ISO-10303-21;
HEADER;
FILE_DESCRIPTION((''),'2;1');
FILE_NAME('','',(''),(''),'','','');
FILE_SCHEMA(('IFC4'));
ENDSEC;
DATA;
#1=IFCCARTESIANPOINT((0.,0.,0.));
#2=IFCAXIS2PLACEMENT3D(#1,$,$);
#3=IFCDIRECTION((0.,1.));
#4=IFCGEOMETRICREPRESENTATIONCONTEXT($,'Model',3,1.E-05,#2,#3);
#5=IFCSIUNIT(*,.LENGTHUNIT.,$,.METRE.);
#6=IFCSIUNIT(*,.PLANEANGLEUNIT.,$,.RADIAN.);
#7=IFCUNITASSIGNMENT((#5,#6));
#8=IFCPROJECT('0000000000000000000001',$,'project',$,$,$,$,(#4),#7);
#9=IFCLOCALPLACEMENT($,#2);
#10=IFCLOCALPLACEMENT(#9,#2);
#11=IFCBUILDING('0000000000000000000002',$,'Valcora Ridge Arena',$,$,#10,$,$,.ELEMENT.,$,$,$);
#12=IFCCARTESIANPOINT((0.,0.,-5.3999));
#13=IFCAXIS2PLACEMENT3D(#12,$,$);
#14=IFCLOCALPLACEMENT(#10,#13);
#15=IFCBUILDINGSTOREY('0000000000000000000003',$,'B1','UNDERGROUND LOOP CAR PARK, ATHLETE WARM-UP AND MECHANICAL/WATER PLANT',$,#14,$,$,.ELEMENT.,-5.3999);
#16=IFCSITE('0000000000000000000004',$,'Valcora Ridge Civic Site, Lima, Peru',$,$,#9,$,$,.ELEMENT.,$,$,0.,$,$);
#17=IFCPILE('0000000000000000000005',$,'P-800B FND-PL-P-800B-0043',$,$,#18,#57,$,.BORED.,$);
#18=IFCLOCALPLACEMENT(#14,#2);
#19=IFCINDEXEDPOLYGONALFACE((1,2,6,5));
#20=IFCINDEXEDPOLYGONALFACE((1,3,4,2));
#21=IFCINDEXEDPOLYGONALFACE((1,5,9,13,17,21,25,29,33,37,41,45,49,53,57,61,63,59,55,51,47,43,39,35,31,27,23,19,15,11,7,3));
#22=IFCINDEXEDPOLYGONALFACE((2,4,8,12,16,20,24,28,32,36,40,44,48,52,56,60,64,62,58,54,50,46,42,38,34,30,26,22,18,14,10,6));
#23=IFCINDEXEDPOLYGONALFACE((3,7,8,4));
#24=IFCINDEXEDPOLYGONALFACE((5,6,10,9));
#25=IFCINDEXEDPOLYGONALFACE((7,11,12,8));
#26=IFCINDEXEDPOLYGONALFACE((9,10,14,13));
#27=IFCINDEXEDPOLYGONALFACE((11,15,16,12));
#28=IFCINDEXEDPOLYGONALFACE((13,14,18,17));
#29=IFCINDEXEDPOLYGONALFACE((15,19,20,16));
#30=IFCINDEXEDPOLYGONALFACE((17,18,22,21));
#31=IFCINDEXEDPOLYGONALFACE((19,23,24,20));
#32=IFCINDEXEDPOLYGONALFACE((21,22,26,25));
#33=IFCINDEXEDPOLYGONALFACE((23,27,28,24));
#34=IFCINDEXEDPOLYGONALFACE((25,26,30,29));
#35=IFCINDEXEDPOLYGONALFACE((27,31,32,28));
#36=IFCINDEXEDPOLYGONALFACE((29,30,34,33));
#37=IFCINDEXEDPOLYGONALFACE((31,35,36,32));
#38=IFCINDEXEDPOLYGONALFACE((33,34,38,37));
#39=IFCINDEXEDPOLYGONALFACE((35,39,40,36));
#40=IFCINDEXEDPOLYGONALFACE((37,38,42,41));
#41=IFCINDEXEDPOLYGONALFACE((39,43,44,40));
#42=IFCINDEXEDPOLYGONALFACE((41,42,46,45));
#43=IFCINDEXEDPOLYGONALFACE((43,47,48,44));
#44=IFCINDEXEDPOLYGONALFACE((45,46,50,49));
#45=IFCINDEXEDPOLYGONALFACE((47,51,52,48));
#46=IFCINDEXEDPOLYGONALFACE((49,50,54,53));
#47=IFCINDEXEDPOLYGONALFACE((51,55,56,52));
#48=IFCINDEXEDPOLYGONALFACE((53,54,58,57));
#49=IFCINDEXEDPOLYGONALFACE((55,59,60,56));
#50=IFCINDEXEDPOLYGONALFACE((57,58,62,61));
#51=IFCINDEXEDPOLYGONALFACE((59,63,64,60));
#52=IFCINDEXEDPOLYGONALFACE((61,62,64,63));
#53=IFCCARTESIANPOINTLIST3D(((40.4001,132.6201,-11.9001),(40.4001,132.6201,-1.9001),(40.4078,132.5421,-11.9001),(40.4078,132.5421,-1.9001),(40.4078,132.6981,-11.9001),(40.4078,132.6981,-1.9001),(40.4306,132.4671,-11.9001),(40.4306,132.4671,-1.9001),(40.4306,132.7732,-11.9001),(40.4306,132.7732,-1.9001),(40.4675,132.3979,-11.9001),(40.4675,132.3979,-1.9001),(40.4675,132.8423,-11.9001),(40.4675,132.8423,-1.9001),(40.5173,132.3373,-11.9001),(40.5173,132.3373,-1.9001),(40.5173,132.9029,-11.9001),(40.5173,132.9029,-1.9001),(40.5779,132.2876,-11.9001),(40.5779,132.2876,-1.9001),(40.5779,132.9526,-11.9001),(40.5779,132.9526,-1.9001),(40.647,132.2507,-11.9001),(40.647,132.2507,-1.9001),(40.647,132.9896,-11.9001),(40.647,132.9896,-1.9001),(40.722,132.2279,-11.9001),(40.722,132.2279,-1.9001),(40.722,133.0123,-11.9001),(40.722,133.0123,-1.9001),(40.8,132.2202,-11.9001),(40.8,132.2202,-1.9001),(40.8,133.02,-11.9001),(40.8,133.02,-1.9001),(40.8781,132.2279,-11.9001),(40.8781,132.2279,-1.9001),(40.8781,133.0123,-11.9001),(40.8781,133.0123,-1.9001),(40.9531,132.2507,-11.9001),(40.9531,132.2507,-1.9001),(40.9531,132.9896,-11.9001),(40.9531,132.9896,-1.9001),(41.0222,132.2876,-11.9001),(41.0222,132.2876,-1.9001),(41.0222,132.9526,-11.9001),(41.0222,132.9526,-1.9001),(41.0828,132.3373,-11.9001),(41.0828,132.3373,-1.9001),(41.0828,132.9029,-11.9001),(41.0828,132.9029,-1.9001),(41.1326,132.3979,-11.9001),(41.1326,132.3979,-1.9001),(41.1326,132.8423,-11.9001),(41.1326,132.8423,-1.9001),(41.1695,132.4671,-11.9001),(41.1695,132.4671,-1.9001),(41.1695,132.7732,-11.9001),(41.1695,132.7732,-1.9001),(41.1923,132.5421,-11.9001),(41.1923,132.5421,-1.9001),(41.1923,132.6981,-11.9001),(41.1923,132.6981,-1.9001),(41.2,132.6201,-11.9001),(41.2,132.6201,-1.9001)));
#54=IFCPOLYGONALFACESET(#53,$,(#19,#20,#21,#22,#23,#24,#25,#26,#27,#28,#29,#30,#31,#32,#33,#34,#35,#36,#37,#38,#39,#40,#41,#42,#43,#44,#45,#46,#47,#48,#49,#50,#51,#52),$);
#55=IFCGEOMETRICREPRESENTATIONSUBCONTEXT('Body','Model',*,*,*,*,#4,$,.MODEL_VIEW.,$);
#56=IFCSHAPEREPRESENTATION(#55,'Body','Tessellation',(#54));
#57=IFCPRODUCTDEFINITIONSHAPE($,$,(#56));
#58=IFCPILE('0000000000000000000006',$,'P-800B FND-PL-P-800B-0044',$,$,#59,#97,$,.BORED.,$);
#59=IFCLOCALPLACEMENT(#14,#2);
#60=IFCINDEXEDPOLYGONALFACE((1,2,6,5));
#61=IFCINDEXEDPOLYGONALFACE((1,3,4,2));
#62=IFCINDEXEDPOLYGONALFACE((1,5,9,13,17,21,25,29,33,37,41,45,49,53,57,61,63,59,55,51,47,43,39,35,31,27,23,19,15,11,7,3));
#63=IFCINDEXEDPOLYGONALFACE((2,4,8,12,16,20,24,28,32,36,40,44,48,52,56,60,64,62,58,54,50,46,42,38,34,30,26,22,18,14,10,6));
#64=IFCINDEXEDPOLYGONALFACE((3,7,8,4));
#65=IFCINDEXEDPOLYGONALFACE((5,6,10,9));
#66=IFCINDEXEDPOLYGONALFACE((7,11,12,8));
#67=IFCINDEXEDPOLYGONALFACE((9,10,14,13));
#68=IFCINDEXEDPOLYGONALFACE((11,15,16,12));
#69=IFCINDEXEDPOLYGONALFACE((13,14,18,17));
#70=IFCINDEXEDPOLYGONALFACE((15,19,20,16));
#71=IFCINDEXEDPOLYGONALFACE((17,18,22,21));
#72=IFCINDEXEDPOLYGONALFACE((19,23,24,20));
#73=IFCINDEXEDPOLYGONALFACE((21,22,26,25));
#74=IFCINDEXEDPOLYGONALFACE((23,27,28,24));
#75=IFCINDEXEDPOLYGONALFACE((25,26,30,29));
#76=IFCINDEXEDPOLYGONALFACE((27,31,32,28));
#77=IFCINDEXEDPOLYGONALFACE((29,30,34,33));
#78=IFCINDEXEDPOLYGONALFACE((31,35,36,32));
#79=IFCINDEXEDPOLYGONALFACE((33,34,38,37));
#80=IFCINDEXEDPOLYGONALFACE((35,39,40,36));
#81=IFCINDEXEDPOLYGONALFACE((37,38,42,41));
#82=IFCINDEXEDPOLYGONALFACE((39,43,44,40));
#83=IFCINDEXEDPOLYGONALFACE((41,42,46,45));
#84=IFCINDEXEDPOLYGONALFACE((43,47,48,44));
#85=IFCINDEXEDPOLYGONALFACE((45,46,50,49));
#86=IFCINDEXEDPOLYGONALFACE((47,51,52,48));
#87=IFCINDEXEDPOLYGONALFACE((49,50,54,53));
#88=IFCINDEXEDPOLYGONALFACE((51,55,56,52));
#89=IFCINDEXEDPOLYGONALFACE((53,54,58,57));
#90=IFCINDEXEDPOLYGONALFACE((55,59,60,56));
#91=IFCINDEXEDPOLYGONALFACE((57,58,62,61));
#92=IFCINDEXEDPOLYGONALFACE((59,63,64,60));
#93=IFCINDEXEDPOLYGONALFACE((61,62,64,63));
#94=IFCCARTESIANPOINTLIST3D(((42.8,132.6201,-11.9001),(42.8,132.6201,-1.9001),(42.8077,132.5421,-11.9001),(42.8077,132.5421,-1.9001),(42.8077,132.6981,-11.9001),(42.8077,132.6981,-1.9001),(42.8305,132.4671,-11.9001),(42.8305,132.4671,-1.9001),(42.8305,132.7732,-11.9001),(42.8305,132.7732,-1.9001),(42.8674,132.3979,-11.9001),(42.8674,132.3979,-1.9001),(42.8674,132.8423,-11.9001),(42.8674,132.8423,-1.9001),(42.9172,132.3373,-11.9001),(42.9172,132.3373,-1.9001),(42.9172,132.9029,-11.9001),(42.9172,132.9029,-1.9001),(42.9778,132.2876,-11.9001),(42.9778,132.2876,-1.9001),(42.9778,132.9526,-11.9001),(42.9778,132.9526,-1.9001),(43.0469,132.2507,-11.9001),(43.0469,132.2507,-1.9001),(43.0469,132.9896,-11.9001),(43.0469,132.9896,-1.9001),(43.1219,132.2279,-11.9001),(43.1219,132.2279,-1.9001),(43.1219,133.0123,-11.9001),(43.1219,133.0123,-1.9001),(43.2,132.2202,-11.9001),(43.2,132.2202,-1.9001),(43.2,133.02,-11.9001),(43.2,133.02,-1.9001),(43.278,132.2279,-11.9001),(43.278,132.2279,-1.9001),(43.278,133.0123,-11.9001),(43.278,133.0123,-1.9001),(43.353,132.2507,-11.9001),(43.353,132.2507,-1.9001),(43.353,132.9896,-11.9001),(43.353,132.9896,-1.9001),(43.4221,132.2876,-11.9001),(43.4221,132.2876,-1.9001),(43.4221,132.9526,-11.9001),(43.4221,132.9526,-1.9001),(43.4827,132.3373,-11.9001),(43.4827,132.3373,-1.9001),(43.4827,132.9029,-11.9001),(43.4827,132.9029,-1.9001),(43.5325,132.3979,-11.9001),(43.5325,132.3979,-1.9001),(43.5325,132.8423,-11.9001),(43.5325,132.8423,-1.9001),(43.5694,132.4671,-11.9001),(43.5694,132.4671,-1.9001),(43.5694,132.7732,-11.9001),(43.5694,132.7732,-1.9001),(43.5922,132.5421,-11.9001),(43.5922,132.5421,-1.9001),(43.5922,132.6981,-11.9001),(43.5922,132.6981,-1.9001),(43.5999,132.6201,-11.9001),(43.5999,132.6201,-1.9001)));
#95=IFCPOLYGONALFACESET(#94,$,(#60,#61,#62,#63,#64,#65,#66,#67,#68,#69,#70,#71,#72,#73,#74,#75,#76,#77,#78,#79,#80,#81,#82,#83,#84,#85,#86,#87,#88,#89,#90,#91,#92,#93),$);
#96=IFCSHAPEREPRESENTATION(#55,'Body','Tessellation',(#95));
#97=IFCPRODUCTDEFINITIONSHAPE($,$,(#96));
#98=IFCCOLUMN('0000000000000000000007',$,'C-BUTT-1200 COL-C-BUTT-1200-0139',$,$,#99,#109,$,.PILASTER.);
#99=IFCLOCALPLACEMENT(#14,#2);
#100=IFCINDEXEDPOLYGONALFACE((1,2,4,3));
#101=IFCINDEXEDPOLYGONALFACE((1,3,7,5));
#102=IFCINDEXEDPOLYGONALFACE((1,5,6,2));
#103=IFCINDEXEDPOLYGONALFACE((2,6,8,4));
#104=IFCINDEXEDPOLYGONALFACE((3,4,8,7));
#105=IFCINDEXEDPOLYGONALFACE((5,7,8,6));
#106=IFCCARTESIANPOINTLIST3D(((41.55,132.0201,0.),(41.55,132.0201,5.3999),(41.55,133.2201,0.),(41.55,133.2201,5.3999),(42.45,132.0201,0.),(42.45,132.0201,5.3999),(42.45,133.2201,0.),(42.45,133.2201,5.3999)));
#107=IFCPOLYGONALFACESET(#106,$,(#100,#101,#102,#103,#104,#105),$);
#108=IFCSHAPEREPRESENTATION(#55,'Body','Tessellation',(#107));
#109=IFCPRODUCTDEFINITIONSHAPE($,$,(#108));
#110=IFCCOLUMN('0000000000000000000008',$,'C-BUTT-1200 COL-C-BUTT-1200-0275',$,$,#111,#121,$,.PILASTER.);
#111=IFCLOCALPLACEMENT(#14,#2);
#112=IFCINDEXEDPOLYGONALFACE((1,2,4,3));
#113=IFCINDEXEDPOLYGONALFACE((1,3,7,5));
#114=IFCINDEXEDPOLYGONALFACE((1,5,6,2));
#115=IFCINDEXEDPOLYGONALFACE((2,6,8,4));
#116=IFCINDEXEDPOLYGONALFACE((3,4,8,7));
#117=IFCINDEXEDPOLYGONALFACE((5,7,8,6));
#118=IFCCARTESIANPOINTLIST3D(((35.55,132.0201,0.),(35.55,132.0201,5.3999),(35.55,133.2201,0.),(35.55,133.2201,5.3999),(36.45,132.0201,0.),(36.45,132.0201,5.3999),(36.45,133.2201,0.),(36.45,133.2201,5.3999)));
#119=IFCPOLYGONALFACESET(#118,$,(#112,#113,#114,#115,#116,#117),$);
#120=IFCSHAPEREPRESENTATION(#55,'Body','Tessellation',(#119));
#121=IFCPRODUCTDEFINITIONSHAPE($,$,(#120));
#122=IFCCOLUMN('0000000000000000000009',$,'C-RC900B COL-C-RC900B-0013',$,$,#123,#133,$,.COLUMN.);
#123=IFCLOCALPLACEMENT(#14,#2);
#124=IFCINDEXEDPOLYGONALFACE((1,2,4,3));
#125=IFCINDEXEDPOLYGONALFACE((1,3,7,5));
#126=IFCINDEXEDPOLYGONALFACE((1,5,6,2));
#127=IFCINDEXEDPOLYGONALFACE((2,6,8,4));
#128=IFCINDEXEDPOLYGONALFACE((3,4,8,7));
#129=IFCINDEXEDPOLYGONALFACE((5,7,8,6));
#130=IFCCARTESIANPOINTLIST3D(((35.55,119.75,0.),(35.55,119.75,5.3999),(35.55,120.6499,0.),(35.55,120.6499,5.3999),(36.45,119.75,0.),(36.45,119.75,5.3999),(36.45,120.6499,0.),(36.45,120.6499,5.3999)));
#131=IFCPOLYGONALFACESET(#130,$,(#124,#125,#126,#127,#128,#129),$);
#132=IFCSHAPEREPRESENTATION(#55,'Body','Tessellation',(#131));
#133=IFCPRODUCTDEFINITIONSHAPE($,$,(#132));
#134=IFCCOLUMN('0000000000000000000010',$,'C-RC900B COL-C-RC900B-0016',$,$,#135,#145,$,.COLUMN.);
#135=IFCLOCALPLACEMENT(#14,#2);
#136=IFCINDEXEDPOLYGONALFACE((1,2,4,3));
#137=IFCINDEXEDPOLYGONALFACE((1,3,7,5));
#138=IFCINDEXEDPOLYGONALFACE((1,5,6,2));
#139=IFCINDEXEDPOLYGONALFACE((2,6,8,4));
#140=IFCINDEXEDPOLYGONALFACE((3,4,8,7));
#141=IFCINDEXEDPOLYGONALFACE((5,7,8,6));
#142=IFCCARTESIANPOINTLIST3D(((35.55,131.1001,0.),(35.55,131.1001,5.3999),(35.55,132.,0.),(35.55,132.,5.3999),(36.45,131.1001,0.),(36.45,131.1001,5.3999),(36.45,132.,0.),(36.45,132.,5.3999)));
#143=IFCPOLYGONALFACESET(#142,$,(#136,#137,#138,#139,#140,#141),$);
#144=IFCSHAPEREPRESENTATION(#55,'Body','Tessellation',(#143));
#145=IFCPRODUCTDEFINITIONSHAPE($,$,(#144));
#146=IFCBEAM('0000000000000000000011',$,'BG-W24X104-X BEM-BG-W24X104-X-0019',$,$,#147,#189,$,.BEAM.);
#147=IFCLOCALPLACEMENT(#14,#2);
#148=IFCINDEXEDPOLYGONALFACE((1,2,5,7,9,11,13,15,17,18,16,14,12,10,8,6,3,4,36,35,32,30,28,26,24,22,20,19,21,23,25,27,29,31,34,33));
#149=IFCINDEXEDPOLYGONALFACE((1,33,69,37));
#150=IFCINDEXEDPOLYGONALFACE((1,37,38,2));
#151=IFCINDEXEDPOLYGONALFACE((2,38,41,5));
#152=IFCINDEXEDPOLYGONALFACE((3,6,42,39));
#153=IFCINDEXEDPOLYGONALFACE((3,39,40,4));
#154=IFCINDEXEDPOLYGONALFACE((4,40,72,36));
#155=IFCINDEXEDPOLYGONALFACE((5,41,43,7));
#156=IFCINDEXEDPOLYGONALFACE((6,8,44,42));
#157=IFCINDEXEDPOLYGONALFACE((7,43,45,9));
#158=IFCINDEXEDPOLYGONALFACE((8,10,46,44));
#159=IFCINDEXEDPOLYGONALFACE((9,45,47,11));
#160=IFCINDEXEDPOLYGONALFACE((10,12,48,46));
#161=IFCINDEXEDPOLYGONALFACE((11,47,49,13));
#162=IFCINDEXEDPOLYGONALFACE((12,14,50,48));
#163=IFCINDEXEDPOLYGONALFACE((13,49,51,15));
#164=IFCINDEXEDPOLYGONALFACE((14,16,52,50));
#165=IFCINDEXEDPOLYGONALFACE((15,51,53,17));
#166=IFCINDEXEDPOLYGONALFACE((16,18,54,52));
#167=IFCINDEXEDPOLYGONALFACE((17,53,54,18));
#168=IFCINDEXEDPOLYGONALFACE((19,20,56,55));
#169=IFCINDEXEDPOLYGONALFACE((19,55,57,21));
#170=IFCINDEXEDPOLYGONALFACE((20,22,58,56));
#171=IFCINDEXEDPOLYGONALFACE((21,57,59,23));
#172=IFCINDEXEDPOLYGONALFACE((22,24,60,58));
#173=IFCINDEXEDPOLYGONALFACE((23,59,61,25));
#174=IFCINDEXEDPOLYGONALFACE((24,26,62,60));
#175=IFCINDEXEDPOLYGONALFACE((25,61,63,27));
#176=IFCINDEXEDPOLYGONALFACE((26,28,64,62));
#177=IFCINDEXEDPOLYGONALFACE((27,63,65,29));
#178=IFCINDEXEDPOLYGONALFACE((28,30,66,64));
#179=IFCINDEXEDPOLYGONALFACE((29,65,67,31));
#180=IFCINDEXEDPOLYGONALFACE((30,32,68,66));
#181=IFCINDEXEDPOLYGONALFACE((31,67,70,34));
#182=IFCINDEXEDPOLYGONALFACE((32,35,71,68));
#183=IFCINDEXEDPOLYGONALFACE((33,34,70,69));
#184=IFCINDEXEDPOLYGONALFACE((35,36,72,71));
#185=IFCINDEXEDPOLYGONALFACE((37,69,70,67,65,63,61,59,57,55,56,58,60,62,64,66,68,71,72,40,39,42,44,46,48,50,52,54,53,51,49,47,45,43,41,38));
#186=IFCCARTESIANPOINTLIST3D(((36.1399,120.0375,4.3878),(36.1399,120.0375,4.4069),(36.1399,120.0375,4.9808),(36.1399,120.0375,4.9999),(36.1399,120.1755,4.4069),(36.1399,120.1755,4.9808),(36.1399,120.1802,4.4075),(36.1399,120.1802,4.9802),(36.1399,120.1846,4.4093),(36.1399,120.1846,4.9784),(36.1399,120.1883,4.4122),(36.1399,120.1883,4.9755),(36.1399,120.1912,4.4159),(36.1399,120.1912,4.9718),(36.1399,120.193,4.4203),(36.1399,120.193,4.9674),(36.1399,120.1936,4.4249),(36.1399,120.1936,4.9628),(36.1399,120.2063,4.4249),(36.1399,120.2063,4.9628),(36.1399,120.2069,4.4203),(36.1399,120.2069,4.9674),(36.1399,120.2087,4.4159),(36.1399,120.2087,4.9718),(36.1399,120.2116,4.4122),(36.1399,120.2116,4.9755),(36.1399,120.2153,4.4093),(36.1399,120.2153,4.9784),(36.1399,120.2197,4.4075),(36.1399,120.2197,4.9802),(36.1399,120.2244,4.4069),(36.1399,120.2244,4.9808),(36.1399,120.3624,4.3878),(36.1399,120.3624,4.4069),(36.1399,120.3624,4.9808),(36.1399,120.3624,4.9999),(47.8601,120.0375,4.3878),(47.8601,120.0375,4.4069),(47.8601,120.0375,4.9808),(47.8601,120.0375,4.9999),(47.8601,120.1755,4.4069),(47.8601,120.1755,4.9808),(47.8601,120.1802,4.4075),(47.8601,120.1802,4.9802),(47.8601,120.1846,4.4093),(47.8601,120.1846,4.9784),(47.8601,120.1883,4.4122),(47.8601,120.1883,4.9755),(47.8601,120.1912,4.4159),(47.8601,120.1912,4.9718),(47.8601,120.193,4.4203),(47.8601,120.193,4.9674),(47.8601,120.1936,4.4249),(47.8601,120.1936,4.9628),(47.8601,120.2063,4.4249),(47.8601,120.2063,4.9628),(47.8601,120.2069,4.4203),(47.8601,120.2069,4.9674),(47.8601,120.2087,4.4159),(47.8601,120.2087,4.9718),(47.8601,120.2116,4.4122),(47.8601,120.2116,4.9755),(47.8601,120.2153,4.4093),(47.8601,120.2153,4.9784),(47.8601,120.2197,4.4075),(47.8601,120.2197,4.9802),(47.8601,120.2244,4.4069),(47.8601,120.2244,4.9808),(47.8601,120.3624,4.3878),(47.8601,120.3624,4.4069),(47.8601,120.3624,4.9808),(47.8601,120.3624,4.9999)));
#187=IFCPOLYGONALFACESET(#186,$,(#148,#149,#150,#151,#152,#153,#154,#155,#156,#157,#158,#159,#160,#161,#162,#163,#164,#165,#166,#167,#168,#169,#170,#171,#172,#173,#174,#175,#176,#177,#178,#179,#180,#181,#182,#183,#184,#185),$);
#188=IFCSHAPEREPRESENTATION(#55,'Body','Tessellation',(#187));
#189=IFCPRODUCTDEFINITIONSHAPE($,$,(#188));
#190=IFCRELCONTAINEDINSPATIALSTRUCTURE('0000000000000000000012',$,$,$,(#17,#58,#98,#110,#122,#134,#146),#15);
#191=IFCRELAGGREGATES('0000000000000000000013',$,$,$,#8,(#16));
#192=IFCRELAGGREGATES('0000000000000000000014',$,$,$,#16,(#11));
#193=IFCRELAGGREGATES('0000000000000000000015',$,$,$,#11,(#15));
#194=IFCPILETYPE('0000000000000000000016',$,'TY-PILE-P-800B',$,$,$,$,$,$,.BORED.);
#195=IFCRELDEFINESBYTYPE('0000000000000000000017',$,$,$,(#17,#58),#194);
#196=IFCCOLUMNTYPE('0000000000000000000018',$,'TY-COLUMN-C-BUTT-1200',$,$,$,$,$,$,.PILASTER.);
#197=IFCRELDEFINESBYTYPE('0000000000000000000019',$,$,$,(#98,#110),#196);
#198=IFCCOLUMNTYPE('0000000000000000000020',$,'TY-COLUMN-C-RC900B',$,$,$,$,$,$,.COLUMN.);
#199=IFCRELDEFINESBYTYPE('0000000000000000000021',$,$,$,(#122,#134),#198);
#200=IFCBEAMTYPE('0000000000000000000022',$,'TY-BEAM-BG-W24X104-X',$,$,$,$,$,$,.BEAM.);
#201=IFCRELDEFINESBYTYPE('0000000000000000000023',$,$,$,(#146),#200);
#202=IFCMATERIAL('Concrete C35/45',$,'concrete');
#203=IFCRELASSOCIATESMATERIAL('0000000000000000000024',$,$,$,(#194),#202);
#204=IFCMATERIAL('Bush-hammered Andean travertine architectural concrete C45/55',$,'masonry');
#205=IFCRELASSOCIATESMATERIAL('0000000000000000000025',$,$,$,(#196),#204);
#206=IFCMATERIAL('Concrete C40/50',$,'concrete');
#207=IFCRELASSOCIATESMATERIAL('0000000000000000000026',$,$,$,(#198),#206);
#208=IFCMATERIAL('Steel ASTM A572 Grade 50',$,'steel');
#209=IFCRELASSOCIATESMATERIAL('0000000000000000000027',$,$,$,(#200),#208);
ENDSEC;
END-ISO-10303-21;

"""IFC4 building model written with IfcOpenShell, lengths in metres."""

from ifc_helpers import new_model, si_unit, direction, frame, origin, origin_2d, place, context, subcontext, project, spatial, rectangle, circle, i_section, extrude, material, material_profile, profile_set, type_object, element, save


model = new_model("IFC4")

# Units and contexts
model_context = context("Model", 3, precision=1e-05, world=origin(), true_north=direction((0.0, 1.0)))
body_context = subcontext(model_context, "Body", "Model", "MODEL_VIEW")
ifc_project = project(units=[si_unit("LENGTHUNIT", "METRE"), si_unit("PLANEANGLEUNIT", "RADIAN")], contexts=[model_context])

# Site, building, storey
site_placement = place(None, origin())
site = spatial("IfcSite", under=ifc_project, at=site_placement, Name="Valcora Ridge Civic Site, Lima, Peru", CompositionType="ELEMENT", RefElevation=0.0)
building_placement = place(site_placement, origin())
building = spatial("IfcBuilding", under=site, at=building_placement, Name="Valcora Ridge Arena", CompositionType="ELEMENT")
storey_placement = place(building_placement, frame((0.0, 0.0, -5.3999)))
storey = spatial("IfcBuildingStorey", under=building, at=storey_placement, Name="B1", Description="UNDERGROUND LOOP CAR PARK, ATHLETE WARM-UP AND MECHANICAL/WATER PLANT", CompositionType="ELEMENT", Elevation=-5.3999)

# Shared definitions
ifc_material_1 = material(Name="Concrete C40/50", Category="concrete")

# Piles
ifc_material_2 = material(Name="Concrete C35/45", Category="concrete")
ifc_material_profile_1 = material_profile(ifc_material_2, circle(Radius=0.3999, at=origin_2d()), Name="BORED PILE D800")
ifc_profile_set_1 = profile_set([ifc_material_profile_1], Name="Concrete C35/45")
pile_type_1 = type_object("IfcPileType", Name="TY-PILE-P-800B", PredefinedType="BORED", material=ifc_profile_set_1)
for number, where, z_axis, x_axis, name in (
    (1, (40.8, 132.6201, -1.9001), (0.0, 0.0, -1.0), (1.0, 0.0, 0.0), "P-800B FND-PL-P-800B-0043"),
    (2, (43.2, 132.6201, -1.9001), (0.0, 0.0, -1.0), (1.0, 0.0, 0.0), "P-800B FND-PL-P-800B-0044"),
):
    element("IfcPile", number, at=place(storey_placement, frame(where, z_axis=z_axis, x_axis=x_axis)), inside=storey, type_object=pile_type_1, Name=name, PredefinedType="BORED", context=body_context, shape_type="SweptSolid", body=[
        extrude(circle(Radius=0.3999, at=origin_2d()), origin(), (0.0, 0.0, 1.0), 10.0),
    ])

# Columns
ifc_material_3 = material(Name="Bush-hammered Andean travertine architectural concrete C45/55", Category="masonry")
ifc_material_profile_2 = material_profile(ifc_material_3, rectangle(XDim=0.8999, YDim=1.2, at=origin_2d()), Name="RC 900x1200")
ifc_profile_set_2 = profile_set([ifc_material_profile_2], Name="Bush-hammered Andean travertine architectural concrete C45/55")
column_type_1 = type_object("IfcColumnType", Name="TY-COLUMN-C-BUTT-1200", PredefinedType="PILASTER", material=ifc_profile_set_2)
for number, where, z_axis, x_axis, name in (
    (3, (42.0, 132.6201, 0.0), (0.0, 0.0, 1.0), (1.0, 0.0, 0.0), "C-BUTT-1200 COL-C-BUTT-1200-0139"),
    (4, (36.0, 132.6201, 0.0), (0.0, 0.0, 1.0), (1.0, 0.0, 0.0), "C-BUTT-1200 COL-C-BUTT-1200-0275"),
):
    element("IfcColumn", number, at=place(storey_placement, frame(where, z_axis=z_axis, x_axis=x_axis)), inside=storey, type_object=column_type_1, Name=name, PredefinedType="PILASTER", context=body_context, shape_type="SweptSolid", body=[
        extrude(rectangle(XDim=0.8999, YDim=1.2, at=origin_2d()), origin(), (0.0, 0.0, 1.0), 5.3999),
    ])
ifc_material_profile_3 = material_profile(ifc_material_1, rectangle(XDim=0.8999, YDim=0.8999, at=origin_2d()), Name="RC 900x900")
ifc_profile_set_3 = profile_set([ifc_material_profile_3], Name="Concrete C40/50")
column_type_2 = type_object("IfcColumnType", Name="TY-COLUMN-C-RC900B", PredefinedType="COLUMN", material=ifc_profile_set_3)
for number, where, z_axis, x_axis, name in (
    (5, (36.0, 120.2, 0.0), (0.0, 0.0, 1.0), (1.0, 0.0, 0.0), "C-RC900B COL-C-RC900B-0013"),
    (6, (36.0, 131.55, 0.0), (0.0, 0.0, 1.0), (1.0, 0.0, 0.0), "C-RC900B COL-C-RC900B-0016"),
):
    element("IfcColumn", number, at=place(storey_placement, frame(where, z_axis=z_axis, x_axis=x_axis)), inside=storey, type_object=column_type_2, Name=name, PredefinedType="COLUMN", context=body_context, shape_type="SweptSolid", body=[
        extrude(rectangle(XDim=0.8999, YDim=0.8999, at=origin_2d()), origin(), (0.0, 0.0, 1.0), 5.3999),
    ])

# Beam
ifc_material_4 = material(Name="Steel ASTM A572 Grade 50", Category="steel")
ifc_material_profile_4 = material_profile(ifc_material_4, i_section(OverallWidth=0.325, OverallDepth=0.6121, WebThickness=0.0127, FlangeThickness=0.019, FilletRadius=0.0181, at=origin_2d()), Name="W24X104")
ifc_profile_set_4 = profile_set([ifc_material_profile_4], Name="Steel ASTM A572 Grade 50")
beam_type = type_object("IfcBeamType", Name="TY-BEAM-BG-W24X104-X", PredefinedType="BEAM", material=ifc_profile_set_4)
beam_placement = place(storey_placement, frame((36.1399, 120.2, 4.6938), z_axis=(1.0, 0.0, 0.0), x_axis=(0.0, 1.0, 0.0)))
element("IfcBeam", 7, at=beam_placement, inside=storey, type_object=beam_type, Name="BG-W24X104-X BEM-BG-W24X104-X-0019", PredefinedType="BEAM", context=body_context, shape_type="SweptSolid", body=[
    extrude(i_section(OverallWidth=0.325, OverallDepth=0.6121, WebThickness=0.0127, FlangeThickness=0.019, FilletRadius=0.0181, at=origin_2d()), origin(), (0.0, 0.0, 1.0), 11.7202),
])

save(model, "model.ifc")
